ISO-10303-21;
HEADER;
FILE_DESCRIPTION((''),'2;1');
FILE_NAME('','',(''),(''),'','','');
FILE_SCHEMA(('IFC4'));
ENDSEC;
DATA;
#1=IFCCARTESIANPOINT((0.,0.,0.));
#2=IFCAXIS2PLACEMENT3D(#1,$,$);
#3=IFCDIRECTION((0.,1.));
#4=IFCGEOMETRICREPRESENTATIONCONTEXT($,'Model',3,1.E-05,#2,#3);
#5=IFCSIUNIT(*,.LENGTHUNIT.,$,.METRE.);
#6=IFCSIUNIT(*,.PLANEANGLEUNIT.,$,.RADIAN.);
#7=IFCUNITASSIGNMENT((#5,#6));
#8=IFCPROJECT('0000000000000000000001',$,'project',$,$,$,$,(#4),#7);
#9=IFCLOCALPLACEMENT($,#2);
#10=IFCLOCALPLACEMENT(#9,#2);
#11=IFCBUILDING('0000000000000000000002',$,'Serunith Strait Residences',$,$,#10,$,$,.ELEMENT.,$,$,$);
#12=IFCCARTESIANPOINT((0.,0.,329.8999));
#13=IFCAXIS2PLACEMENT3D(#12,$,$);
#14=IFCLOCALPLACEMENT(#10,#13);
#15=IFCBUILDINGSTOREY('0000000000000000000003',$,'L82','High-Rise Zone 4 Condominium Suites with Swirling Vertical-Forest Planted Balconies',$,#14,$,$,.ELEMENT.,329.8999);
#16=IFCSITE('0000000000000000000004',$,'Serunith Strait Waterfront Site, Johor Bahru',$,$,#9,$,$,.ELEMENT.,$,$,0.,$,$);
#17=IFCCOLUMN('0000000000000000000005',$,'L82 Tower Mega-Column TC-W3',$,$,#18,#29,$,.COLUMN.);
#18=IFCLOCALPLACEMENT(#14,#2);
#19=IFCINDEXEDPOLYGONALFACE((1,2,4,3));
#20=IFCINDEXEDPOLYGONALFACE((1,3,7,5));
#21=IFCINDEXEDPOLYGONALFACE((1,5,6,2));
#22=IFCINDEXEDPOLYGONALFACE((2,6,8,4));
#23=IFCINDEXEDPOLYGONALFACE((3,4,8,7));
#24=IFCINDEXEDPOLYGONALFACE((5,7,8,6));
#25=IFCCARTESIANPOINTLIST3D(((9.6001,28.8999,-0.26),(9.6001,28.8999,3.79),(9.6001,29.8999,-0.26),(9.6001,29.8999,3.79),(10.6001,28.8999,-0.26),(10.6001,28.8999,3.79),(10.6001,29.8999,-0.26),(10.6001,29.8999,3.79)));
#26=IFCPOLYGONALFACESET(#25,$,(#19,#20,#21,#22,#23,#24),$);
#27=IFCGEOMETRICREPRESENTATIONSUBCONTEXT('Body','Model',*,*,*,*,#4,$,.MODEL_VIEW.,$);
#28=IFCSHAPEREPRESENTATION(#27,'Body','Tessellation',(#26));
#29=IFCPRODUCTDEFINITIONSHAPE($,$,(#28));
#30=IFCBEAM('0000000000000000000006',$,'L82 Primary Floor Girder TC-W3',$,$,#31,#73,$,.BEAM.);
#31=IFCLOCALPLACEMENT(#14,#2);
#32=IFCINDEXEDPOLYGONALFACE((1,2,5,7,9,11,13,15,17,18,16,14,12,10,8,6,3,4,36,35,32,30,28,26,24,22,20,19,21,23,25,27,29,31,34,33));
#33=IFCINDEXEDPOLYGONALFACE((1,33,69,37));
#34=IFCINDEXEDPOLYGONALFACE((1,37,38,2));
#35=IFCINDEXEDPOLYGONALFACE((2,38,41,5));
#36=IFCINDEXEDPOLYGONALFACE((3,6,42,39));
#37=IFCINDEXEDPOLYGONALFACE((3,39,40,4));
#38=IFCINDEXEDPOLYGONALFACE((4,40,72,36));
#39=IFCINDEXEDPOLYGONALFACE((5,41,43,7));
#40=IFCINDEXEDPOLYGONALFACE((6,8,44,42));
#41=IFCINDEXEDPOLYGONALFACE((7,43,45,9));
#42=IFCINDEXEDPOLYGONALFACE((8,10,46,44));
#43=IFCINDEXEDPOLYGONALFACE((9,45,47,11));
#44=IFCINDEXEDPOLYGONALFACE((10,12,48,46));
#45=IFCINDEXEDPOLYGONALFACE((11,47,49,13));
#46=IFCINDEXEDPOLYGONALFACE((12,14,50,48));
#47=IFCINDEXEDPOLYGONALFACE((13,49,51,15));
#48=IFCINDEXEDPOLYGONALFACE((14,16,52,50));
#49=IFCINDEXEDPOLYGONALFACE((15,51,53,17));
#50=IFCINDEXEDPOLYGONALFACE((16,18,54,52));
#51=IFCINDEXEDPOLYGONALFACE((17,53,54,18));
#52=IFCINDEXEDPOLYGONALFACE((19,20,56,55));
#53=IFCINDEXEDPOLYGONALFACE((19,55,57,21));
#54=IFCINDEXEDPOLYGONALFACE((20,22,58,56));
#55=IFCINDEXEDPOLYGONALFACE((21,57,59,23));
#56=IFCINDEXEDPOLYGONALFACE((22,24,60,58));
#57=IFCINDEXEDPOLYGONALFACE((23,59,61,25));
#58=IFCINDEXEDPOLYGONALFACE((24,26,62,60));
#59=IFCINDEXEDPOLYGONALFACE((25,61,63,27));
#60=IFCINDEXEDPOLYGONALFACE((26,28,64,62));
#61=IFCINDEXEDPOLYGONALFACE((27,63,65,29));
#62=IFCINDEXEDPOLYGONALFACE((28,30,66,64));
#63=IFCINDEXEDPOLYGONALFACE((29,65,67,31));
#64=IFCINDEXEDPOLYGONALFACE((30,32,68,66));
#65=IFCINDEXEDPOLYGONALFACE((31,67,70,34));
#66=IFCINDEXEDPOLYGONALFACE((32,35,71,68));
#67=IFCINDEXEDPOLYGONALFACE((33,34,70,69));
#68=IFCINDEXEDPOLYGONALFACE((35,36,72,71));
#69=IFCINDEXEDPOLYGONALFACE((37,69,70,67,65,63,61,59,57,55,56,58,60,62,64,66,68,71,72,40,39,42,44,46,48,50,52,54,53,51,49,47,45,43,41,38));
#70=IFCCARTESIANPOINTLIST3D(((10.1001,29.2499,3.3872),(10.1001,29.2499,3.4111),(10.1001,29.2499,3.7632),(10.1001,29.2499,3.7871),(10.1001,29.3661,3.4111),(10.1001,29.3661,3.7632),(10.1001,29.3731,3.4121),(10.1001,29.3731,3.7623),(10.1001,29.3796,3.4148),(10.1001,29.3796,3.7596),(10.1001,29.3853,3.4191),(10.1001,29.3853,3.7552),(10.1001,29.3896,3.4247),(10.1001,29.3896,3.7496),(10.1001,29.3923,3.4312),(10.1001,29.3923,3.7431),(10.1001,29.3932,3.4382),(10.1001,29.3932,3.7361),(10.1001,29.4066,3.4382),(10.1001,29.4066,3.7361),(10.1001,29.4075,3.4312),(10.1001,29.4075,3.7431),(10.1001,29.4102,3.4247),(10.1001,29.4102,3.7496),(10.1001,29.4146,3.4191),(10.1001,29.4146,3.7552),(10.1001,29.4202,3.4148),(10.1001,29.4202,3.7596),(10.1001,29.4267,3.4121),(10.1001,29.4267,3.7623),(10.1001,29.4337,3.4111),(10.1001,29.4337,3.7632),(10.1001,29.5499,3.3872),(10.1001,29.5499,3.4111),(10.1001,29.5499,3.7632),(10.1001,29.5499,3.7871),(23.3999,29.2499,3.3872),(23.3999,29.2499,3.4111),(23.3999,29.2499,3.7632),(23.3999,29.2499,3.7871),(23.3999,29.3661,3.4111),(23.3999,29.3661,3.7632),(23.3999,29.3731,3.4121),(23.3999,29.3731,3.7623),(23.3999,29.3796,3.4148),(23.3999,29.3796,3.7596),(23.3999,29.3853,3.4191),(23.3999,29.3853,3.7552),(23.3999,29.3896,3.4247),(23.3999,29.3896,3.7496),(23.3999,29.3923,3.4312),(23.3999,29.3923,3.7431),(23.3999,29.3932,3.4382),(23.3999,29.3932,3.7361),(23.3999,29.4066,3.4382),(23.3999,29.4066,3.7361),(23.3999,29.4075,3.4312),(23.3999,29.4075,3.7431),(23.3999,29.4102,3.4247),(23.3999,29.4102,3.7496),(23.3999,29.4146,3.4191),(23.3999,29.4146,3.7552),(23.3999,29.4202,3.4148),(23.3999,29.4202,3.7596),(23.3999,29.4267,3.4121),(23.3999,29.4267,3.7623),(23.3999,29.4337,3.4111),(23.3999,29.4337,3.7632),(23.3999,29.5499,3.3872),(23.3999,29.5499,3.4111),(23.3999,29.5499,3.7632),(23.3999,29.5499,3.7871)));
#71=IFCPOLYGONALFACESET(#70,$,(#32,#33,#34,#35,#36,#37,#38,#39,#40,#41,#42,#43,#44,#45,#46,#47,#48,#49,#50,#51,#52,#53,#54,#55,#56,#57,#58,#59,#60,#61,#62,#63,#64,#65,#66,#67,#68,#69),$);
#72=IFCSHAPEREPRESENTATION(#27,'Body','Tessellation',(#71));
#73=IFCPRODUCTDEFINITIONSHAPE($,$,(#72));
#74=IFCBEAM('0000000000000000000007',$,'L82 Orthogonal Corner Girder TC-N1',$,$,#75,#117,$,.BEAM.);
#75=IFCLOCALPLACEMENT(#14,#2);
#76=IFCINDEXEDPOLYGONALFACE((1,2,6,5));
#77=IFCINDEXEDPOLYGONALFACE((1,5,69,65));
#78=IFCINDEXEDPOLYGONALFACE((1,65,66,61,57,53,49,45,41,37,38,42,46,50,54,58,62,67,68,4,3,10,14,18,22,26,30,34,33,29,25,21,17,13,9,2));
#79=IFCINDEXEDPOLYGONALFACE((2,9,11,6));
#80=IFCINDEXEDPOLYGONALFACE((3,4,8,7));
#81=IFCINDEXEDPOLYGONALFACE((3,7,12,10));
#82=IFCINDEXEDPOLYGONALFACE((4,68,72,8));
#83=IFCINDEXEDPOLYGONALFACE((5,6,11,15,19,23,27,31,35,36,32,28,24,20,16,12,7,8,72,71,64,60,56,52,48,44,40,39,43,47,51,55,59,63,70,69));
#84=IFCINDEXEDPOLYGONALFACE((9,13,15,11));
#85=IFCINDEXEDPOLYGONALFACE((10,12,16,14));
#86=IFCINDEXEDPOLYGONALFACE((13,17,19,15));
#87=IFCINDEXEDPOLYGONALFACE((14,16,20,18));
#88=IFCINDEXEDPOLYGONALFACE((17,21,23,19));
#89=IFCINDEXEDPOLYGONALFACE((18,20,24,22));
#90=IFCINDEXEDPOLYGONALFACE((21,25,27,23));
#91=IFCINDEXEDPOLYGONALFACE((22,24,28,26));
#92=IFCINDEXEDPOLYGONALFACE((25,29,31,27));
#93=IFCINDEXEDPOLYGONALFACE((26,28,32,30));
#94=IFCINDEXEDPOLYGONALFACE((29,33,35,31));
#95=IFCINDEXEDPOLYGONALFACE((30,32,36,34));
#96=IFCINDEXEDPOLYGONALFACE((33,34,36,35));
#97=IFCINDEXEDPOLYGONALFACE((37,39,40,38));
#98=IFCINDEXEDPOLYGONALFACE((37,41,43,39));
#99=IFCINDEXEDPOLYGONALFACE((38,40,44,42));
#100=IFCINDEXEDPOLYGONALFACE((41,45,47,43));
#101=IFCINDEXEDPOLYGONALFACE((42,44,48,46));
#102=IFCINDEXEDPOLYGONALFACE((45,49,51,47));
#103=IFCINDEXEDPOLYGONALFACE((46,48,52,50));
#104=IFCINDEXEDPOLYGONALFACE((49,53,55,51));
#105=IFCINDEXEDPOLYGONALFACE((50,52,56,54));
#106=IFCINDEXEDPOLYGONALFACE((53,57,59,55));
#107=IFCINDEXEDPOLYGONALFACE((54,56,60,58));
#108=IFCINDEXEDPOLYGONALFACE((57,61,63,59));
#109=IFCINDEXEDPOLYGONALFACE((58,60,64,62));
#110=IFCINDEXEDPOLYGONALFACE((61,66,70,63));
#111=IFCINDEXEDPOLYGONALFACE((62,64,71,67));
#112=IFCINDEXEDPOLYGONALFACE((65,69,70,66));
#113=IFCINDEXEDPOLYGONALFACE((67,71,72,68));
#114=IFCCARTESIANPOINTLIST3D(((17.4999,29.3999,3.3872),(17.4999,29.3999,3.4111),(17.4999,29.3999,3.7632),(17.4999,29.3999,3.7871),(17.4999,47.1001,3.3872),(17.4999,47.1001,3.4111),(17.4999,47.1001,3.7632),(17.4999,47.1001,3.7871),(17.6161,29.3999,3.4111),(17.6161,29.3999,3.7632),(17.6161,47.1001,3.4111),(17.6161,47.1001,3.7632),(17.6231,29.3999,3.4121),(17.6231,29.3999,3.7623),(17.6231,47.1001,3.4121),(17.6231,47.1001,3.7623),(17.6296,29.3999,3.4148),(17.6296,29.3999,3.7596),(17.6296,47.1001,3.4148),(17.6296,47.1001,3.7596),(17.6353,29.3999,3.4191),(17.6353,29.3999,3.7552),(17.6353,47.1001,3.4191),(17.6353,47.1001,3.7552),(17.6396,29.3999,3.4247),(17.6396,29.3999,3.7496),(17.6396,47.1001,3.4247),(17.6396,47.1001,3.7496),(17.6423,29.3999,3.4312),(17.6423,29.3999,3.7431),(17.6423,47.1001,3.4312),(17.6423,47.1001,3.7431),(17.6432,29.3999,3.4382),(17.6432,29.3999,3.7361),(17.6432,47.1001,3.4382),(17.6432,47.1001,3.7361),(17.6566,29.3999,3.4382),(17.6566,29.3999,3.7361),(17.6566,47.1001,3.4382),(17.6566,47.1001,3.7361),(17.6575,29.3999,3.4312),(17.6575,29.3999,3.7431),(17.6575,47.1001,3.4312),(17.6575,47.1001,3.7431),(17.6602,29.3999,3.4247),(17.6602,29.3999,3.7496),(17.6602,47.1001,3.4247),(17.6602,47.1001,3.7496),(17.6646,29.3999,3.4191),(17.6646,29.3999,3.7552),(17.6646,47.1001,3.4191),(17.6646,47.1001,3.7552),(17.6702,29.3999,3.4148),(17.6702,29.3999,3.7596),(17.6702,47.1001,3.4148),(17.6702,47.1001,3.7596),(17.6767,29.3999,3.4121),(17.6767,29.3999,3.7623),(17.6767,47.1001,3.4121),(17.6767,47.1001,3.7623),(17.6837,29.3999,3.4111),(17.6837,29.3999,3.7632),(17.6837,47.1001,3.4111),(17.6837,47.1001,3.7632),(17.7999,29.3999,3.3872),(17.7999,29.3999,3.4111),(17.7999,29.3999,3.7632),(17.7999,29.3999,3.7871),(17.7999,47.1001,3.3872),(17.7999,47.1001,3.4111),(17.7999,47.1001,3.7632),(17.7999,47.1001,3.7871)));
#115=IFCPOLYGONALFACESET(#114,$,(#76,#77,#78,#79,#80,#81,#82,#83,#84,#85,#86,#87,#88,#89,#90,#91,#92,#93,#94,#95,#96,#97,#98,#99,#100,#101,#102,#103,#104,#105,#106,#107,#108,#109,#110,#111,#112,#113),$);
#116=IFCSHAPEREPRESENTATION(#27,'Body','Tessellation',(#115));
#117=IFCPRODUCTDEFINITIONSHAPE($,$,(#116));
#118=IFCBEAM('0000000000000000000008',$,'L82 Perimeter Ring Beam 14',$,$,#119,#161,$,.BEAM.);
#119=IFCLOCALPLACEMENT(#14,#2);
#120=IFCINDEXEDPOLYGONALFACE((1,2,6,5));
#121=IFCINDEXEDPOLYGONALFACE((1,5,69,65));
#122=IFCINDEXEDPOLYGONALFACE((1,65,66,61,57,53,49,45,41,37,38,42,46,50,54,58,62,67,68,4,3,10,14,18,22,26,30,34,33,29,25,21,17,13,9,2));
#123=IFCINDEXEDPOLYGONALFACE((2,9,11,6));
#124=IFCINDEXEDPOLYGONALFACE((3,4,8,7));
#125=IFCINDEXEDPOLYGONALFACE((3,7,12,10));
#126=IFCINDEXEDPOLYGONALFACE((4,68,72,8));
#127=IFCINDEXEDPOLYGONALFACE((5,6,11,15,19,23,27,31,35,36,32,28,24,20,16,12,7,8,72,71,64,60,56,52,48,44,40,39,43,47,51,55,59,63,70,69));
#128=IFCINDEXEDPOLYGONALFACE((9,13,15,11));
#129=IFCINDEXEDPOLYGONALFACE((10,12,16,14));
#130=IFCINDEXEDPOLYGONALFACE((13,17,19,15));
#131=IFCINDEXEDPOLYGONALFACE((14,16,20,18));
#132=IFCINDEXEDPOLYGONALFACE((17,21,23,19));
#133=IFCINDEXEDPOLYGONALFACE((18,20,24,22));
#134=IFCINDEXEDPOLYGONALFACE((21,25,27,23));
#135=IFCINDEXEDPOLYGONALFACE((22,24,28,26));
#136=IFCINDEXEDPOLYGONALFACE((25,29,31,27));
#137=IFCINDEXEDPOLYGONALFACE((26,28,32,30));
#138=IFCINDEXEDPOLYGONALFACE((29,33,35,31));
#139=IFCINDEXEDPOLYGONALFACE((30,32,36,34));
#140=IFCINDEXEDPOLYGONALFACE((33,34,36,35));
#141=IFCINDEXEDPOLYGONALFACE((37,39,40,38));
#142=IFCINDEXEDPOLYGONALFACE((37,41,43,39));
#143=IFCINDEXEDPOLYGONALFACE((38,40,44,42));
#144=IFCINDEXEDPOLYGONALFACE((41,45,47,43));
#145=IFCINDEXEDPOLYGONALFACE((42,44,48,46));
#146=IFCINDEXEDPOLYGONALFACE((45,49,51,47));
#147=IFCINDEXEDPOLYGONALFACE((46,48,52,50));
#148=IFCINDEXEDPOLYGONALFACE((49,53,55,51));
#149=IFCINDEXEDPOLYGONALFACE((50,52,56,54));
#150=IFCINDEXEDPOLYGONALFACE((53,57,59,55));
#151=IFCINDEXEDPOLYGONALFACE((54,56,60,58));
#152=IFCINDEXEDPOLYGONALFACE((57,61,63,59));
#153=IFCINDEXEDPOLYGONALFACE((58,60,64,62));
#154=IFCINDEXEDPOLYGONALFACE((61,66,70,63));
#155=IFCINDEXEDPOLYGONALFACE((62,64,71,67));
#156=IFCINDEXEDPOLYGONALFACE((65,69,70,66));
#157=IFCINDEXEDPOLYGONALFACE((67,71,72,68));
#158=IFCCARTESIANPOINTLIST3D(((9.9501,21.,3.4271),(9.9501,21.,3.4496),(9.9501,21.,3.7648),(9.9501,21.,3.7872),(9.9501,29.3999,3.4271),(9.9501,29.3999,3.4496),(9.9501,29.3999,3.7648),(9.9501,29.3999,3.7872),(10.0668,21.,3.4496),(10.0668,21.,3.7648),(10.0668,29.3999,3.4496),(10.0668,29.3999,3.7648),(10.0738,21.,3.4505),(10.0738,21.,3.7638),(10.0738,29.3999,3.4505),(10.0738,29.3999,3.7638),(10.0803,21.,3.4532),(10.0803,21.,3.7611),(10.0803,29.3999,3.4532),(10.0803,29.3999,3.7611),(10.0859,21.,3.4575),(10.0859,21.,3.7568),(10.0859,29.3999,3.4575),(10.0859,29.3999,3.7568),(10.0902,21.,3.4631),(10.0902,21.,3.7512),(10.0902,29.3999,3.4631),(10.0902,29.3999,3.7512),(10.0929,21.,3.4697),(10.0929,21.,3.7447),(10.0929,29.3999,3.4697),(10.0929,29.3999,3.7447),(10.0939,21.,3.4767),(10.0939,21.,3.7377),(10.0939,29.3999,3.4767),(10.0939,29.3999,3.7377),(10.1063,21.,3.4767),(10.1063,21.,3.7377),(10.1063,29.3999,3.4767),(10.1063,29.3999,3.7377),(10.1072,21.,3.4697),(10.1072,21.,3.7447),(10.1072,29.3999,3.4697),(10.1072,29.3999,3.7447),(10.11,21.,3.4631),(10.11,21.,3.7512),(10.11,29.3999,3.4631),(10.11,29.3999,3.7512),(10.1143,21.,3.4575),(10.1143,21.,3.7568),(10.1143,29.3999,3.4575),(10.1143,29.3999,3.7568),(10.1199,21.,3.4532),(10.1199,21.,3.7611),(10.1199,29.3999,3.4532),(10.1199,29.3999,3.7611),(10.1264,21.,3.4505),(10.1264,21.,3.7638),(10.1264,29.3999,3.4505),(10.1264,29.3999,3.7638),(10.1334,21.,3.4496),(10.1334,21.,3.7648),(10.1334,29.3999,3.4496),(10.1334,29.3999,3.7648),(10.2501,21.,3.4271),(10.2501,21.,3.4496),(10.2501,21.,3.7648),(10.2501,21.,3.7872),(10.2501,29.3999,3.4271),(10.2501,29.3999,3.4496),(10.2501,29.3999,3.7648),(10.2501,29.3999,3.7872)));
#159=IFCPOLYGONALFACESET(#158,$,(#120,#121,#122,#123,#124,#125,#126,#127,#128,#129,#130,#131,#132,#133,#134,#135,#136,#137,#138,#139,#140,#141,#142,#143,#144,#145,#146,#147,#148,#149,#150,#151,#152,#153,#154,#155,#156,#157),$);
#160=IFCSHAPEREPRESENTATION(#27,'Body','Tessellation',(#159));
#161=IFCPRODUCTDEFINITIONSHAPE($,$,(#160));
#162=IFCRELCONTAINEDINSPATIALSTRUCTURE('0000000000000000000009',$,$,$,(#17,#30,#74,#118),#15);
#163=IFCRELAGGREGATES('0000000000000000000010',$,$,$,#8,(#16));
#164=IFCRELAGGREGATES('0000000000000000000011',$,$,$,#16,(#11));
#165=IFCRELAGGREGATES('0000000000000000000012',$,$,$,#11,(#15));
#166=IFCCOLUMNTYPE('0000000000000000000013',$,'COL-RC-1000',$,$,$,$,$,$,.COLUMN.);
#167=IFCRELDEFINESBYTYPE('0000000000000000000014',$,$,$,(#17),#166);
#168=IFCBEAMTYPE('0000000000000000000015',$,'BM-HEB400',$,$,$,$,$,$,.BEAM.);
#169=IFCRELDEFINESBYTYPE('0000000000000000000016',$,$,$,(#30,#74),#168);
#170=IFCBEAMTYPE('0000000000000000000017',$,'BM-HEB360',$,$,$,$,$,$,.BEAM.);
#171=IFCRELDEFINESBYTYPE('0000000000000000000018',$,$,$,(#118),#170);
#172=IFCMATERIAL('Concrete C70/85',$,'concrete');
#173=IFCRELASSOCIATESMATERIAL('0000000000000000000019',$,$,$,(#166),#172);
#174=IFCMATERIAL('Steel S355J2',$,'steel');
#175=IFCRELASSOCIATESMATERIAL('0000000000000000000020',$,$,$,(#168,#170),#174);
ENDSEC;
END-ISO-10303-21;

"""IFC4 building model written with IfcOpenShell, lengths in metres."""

from ifc_helpers import new_model, si_unit, direction, frame, origin, origin_2d, place, context, subcontext, project, spatial, rectangle, i_section, extrude, source, transform, mapped, material, material_profile, profile_set, type_object, element, save


model = new_model("IFC4")

# Units and contexts
model_context = context("Model", 3, precision=1e-05, world=origin(), true_north=direction((0.0, 1.0)))
body_context = subcontext(model_context, "Body", "Model", "MODEL_VIEW")
ifc_project = project(units=[si_unit("LENGTHUNIT", "METRE"), si_unit("PLANEANGLEUNIT", "RADIAN")], contexts=[model_context])

# Site, building, storey
site_placement = place(None, origin())
site = spatial("IfcSite", under=ifc_project, at=site_placement, Name="Serunith Strait Waterfront Site, Johor Bahru", CompositionType="ELEMENT", RefElevation=0.0)
building_placement = place(site_placement, origin())
building = spatial("IfcBuilding", under=site, at=building_placement, Name="Serunith Strait Residences", CompositionType="ELEMENT")
storey_placement = place(building_placement, frame((0.0, 0.0, 329.8999)))
storey = spatial("IfcBuildingStorey", under=building, at=storey_placement, Name="L82", Description="High-Rise Zone 4 Condominium Suites with Swirling Vertical-Forest Planted Balconies", CompositionType="ELEMENT", Elevation=329.8999)

# Column
ifc_material_1 = material(Name="Concrete C70/85", Category="concrete")
ifc_material_profile_1 = material_profile(ifc_material_1, rectangle(XDim=1.0, YDim=1.0, at=origin_2d()), Name="RC 1000x1000")
ifc_profile_set_1 = profile_set([ifc_material_profile_1], Name="Concrete C70/85")
column_type = type_object("IfcColumnType", Name="COL-RC-1000", PredefinedType="COLUMN", material=ifc_profile_set_1)
shared_shape_1 = source(origin(), body_context, "Body", "SweptSolid", [
    extrude(rectangle(XDim=1.0, YDim=1.0, at=origin_2d()), origin(), (0.0, 0.0, 1.0), 4.05),
])
column_placement = place(storey_placement, frame((10.1001, 29.3999, -0.26), z_axis=(0.0, 0.0, 1.0), x_axis=(1.0, 0.0, 0.0)))
element("IfcColumn", 1, at=column_placement, inside=storey, type_object=column_type, Name="L82 Tower Mega-Column TC-W3", PredefinedType="COLUMN", context=body_context, shape_type="MappedRepresentation", body=[
    mapped(shared_shape_1, transform((0.0, 0.0, 0.0), scale=1.0)),
])

# Beams
ifc_material_2 = material(Name="Steel S355J2", Category="steel")
ifc_material_profile_2 = material_profile(ifc_material_2, i_section(OverallWidth=0.3, OverallDepth=0.3999, WebThickness=0.0134, FlangeThickness=0.0239, FilletRadius=0.0271, at=origin_2d()), Name="HEB 400")
ifc_profile_set_2 = profile_set([ifc_material_profile_2], Name="Steel S355J2")
beam_type_1 = type_object("IfcBeamType", Name="BM-HEB400", PredefinedType="BEAM", material=ifc_profile_set_2)
shared_shape_2 = source(origin(), body_context, "Body", "SweptSolid", [
    extrude(i_section(OverallWidth=0.3, OverallDepth=0.3999, WebThickness=0.0134, FlangeThickness=0.0239, FilletRadius=0.0271, at=origin_2d()), origin(), (0.0, 0.0, 1.0), 13.2998),
])
beam_1_placement = place(storey_placement, frame((23.3999, 29.3999, 3.5872), z_axis=(-1.0, 0.0, 0.0), x_axis=(0.0, -1.0, 0.0)))
element("IfcBeam", 2, at=beam_1_placement, inside=storey, type_object=beam_type_1, Name="L82 Primary Floor Girder TC-W3", PredefinedType="BEAM", context=body_context, shape_type="MappedRepresentation", body=[
    mapped(shared_shape_2, transform((0.0, 0.0, 0.0), scale=1.0)),
])
shared_shape_3 = source(origin(), body_context, "Body", "SweptSolid", [
    extrude(i_section(OverallWidth=0.3, OverallDepth=0.3999, WebThickness=0.0134, FlangeThickness=0.0239, FilletRadius=0.0271, at=origin_2d()), origin(), (0.0, 0.0, 1.0), 17.7002),
])
beam_2_placement = place(storey_placement, frame((17.6499, 29.3999, 3.5872), z_axis=(0.0, 1.0, 0.0), x_axis=(-1.0, 0.0, 0.0)))
element("IfcBeam", 3, at=beam_2_placement, inside=storey, type_object=beam_type_1, Name="L82 Orthogonal Corner Girder TC-N1", PredefinedType="BEAM", context=body_context, shape_type="MappedRepresentation", body=[
    mapped(shared_shape_3, transform((0.0, 0.0, 0.0), scale=1.0)),
])
ifc_material_profile_3 = material_profile(ifc_material_2, i_section(OverallWidth=0.3, OverallDepth=0.3601, WebThickness=0.0125, FlangeThickness=0.0225, FilletRadius=0.0271, at=origin_2d()), Name="HEB 360")
ifc_profile_set_3 = profile_set([ifc_material_profile_3], Name="Steel S355J2")
beam_type_2 = type_object("IfcBeamType", Name="BM-HEB360", PredefinedType="BEAM", material=ifc_profile_set_3)
shared_shape_4 = source(origin(), body_context, "Body", "SweptSolid", [
    extrude(i_section(OverallWidth=0.3, OverallDepth=0.3601, WebThickness=0.0125, FlangeThickness=0.0225, FilletRadius=0.0271, at=origin_2d()), origin(), (0.0, 0.0, 1.0), 8.3999),
])
beam_3_placement = place(storey_placement, frame((10.1001, 29.3999, 3.6072), z_axis=(0.0, -1.0, 0.0), x_axis=(1.0, 0.0, 0.0)))
element("IfcBeam", 4, at=beam_3_placement, inside=storey, type_object=beam_type_2, Name="L82 Perimeter Ring Beam 14", PredefinedType="BEAM", context=body_context, shape_type="MappedRepresentation", body=[
    mapped(shared_shape_4, transform((0.0, 0.0, 0.0), scale=1.0)),
])

save(model, "model.ifc")
